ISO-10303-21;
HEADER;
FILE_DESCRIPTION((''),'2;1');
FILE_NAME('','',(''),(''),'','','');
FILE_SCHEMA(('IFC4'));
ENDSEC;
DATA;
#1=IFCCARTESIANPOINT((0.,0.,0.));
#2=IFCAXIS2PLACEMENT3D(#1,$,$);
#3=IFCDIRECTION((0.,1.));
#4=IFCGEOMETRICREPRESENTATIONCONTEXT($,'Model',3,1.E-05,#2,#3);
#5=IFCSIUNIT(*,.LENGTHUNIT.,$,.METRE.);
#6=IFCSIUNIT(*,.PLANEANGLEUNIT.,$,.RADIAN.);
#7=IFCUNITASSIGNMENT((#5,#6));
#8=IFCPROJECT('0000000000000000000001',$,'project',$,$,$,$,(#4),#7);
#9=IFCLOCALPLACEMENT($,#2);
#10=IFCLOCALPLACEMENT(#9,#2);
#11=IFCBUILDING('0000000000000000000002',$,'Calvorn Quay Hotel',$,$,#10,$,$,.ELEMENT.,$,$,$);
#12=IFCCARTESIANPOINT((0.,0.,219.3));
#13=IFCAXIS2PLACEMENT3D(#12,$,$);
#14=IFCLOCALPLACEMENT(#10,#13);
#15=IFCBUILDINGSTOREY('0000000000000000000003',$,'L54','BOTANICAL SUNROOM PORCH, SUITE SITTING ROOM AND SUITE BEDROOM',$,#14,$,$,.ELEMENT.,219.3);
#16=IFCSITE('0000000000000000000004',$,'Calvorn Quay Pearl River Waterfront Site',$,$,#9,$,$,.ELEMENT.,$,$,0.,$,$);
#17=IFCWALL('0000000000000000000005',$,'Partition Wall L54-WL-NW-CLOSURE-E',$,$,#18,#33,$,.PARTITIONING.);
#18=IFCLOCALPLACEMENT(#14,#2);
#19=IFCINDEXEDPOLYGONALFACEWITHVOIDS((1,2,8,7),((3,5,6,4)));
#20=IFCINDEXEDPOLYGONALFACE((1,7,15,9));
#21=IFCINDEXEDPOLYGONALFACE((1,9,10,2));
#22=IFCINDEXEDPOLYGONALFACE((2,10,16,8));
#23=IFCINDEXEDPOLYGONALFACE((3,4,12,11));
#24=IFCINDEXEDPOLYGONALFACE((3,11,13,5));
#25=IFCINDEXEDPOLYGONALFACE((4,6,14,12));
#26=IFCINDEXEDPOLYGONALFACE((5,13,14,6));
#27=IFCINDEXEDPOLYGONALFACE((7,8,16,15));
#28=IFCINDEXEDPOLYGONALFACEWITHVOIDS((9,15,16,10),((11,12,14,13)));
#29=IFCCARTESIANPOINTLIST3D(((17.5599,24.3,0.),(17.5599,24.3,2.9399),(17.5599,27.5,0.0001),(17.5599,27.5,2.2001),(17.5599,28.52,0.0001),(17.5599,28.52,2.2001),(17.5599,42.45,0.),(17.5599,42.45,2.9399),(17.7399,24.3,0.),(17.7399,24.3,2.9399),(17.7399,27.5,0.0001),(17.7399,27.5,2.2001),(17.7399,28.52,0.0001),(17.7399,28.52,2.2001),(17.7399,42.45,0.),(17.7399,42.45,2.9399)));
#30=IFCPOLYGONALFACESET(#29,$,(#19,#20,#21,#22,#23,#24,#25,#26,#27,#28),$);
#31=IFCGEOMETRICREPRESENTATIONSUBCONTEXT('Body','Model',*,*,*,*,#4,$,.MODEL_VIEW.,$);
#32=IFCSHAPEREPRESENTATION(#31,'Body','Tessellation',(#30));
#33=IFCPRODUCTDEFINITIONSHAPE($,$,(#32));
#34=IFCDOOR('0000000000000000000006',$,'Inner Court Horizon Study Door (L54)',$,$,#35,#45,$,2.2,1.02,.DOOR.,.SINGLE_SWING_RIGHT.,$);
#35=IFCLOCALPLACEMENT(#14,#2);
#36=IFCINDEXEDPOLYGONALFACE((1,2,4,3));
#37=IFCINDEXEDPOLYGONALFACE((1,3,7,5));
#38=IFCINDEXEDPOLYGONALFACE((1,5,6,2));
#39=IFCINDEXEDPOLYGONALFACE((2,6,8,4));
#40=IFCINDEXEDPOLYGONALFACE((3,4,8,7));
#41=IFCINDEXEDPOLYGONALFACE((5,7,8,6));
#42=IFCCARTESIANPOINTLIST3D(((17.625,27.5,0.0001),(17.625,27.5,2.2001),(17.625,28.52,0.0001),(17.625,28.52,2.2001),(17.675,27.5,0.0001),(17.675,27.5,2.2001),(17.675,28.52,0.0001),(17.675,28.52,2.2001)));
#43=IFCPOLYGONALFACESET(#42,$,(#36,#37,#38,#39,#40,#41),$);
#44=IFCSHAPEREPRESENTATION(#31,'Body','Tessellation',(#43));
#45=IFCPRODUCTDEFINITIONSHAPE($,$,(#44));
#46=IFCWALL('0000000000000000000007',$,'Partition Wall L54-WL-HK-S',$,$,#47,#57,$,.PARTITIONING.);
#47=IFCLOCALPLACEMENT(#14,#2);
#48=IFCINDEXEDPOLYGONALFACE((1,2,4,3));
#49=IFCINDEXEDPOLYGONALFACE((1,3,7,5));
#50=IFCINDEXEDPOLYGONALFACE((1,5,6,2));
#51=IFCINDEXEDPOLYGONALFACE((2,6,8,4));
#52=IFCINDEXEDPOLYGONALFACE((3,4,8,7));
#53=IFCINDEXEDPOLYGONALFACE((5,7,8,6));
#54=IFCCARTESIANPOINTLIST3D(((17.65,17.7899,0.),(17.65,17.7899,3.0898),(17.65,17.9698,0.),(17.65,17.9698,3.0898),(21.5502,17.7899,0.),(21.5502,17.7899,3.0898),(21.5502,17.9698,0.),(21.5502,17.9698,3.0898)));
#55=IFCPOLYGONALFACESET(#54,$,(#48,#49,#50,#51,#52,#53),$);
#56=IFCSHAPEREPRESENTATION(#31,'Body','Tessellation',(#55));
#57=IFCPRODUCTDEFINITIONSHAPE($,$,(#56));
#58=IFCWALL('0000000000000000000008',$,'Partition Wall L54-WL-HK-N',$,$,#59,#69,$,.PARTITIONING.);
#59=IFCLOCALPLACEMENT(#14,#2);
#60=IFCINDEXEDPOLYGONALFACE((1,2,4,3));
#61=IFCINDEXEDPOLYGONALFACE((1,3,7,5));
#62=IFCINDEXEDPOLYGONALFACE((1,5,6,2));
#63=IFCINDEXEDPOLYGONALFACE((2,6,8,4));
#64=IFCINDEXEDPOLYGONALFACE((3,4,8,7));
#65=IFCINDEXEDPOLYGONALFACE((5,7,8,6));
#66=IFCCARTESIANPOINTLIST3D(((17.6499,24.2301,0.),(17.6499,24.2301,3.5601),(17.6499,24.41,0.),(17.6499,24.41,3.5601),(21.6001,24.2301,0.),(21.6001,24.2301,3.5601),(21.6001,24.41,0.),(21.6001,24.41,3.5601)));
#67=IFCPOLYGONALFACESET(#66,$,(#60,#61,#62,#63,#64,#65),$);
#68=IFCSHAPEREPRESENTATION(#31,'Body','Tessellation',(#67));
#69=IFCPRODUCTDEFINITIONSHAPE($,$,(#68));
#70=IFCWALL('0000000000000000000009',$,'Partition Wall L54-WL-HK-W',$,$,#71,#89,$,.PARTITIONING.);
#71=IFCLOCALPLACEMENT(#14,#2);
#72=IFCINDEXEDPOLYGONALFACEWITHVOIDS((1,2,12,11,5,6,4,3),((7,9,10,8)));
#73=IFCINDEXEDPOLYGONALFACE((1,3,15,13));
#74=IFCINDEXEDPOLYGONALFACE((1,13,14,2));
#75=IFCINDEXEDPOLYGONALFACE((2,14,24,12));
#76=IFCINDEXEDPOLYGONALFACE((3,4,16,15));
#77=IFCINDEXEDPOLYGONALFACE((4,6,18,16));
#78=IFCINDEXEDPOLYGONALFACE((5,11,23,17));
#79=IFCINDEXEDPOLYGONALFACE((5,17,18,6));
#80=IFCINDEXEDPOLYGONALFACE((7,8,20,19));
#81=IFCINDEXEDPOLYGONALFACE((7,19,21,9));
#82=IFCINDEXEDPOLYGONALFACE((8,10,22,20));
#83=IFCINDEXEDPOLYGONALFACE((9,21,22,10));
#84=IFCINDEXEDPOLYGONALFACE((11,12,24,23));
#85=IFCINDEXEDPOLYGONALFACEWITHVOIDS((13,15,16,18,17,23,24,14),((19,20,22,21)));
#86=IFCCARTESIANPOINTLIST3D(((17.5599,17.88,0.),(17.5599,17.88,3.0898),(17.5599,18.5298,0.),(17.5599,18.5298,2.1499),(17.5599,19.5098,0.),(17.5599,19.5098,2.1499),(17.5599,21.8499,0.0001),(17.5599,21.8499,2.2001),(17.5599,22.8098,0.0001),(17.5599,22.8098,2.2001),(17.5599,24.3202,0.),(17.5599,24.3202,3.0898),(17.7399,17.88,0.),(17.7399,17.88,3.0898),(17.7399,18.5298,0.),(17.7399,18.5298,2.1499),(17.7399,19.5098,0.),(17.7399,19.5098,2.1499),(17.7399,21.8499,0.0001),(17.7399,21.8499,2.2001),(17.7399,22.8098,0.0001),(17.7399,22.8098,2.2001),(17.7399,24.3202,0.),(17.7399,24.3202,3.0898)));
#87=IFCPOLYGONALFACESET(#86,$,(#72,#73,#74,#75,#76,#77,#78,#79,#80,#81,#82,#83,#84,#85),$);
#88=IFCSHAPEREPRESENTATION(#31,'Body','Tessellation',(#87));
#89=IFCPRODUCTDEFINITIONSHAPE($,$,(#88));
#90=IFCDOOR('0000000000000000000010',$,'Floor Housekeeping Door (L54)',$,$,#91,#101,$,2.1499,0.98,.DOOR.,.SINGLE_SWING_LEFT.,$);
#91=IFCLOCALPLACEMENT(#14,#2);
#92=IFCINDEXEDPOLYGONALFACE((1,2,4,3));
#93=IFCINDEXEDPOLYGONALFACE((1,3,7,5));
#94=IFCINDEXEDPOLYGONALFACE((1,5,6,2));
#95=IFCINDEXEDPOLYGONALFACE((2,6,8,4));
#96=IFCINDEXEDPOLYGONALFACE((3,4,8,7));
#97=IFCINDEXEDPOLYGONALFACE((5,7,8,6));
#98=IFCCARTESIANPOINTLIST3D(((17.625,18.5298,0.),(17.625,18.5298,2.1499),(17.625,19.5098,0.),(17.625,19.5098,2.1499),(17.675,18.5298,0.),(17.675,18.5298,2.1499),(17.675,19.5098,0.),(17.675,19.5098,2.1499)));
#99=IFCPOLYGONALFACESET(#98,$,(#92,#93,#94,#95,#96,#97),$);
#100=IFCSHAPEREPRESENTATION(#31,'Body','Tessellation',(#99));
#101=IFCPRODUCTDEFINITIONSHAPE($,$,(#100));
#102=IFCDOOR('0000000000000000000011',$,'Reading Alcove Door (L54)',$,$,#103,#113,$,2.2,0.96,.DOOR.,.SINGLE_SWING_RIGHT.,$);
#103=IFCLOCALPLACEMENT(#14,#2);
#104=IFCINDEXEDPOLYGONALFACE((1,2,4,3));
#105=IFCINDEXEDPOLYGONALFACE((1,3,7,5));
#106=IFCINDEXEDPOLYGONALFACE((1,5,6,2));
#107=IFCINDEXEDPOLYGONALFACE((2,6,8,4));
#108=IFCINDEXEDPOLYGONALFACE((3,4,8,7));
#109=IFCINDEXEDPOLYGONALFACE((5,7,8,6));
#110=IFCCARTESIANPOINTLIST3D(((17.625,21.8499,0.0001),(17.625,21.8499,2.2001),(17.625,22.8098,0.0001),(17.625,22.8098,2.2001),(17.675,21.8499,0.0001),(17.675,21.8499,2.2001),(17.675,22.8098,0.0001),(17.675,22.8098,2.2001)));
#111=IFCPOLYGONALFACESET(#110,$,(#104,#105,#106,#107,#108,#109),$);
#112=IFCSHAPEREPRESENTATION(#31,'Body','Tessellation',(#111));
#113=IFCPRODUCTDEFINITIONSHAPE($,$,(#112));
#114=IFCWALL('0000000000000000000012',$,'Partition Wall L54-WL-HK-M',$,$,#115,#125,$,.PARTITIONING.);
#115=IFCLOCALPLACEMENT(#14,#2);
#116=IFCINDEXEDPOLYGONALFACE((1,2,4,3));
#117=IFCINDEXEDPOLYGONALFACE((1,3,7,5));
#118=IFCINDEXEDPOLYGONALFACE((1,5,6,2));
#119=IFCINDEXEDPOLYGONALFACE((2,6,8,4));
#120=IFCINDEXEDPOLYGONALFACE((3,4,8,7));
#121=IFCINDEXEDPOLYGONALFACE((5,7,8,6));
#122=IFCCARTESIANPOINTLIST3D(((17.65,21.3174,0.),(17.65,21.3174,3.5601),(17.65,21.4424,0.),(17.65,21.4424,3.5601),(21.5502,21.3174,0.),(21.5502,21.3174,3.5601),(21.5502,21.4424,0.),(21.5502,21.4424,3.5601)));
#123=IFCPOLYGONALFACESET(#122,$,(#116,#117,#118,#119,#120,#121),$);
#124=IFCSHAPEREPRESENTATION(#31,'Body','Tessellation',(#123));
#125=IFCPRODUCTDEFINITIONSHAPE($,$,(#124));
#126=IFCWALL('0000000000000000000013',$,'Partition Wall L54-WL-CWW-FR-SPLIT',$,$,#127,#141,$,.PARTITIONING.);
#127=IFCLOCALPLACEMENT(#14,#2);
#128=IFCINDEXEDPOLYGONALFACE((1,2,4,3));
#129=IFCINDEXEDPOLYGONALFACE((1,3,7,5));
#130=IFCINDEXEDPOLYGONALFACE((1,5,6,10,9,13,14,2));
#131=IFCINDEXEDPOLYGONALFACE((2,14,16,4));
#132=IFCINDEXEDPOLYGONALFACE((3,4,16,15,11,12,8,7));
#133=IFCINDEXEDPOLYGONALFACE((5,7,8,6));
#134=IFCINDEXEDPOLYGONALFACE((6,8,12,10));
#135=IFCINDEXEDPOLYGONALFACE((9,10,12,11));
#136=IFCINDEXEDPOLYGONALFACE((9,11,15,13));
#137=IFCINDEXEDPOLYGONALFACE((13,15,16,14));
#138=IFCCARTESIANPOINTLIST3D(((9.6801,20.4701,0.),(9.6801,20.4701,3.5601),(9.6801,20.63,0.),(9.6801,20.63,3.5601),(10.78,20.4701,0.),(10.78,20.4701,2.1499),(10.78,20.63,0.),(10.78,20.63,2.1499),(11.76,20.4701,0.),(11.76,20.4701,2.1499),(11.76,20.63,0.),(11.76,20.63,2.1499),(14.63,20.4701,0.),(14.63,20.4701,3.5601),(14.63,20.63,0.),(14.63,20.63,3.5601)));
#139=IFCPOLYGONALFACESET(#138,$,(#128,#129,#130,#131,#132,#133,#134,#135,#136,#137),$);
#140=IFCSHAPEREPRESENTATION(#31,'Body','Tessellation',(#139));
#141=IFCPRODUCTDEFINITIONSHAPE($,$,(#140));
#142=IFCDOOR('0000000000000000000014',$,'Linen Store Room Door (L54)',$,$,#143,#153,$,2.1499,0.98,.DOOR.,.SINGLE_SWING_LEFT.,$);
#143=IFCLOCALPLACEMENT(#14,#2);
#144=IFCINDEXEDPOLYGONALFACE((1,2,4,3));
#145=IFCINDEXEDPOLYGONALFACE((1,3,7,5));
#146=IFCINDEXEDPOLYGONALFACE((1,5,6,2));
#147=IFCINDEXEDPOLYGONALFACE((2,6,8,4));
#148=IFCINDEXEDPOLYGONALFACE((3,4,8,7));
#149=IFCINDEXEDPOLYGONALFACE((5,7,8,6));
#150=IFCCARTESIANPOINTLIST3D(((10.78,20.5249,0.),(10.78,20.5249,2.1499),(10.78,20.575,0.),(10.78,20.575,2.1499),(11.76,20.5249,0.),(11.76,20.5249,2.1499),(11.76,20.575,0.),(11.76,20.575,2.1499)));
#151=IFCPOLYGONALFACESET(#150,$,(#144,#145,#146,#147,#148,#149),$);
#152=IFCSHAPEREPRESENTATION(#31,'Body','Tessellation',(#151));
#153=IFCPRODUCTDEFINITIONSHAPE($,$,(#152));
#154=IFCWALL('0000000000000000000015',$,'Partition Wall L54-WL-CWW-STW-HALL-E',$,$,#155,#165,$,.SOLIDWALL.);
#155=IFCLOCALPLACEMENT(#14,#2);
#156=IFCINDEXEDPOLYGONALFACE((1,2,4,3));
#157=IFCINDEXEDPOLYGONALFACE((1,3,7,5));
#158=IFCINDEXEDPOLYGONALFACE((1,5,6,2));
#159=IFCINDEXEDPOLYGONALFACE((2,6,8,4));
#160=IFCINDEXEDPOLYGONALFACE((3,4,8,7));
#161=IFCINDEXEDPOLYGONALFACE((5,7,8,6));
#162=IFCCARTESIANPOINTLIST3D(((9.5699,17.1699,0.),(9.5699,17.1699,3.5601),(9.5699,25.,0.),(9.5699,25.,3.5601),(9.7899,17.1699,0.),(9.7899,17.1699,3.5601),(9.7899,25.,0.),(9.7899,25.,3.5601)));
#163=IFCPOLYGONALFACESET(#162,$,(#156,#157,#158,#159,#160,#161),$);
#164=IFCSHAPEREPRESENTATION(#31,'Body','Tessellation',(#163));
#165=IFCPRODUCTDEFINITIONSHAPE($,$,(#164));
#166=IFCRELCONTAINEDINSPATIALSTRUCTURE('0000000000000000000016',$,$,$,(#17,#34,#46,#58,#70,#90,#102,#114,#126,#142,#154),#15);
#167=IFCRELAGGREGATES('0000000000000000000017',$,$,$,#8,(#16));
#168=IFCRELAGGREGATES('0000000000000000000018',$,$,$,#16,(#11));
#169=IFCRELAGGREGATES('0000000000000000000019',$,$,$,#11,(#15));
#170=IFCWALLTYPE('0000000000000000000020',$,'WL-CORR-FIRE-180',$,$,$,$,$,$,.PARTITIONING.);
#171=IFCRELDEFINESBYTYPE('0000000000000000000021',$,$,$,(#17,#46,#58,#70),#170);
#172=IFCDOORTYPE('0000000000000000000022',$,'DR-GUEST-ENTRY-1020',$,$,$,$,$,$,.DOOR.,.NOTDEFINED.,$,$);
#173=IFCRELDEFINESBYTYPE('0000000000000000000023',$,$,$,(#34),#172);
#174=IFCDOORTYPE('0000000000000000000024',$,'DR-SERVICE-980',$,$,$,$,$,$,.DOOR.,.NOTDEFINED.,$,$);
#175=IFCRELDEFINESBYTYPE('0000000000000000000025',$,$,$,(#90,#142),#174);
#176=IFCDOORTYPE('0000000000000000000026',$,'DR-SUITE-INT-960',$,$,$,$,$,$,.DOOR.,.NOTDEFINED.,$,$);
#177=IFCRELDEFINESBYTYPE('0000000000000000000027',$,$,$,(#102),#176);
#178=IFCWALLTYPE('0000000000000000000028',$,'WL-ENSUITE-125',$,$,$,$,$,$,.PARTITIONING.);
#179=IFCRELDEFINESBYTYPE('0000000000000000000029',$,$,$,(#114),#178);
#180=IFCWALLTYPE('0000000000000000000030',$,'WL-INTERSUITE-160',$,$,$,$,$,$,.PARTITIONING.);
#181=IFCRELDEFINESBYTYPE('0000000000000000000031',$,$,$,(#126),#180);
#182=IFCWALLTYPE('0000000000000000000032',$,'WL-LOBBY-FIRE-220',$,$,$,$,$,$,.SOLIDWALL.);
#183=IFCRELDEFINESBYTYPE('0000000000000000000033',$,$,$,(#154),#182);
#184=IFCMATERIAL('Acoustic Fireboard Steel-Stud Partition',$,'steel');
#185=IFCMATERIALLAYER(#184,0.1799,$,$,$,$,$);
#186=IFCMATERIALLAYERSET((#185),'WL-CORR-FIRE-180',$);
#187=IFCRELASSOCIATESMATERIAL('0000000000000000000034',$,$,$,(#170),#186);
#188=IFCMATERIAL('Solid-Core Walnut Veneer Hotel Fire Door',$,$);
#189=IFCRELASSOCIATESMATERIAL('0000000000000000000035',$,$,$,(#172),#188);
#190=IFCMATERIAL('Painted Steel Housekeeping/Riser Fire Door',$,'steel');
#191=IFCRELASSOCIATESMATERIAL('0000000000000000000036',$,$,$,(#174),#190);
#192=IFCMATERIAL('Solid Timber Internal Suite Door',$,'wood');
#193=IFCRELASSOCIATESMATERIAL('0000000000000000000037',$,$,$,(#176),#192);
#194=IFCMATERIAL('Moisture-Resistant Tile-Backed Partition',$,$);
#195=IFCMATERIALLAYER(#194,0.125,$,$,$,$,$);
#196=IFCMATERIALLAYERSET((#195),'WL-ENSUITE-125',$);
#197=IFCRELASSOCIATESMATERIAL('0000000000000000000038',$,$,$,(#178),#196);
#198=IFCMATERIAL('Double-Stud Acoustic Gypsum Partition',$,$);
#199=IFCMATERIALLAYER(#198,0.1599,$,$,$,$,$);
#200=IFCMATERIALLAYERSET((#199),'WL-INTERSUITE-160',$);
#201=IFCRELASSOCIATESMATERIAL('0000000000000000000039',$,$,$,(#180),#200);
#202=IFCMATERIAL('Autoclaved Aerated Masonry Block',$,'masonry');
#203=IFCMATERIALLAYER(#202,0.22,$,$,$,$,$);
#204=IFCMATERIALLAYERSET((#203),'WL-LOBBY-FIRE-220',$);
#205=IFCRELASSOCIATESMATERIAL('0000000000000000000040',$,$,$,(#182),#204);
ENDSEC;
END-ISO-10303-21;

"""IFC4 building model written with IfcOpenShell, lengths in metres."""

from ifc_helpers import new_model, si_unit, direction, frame, frame_2d, origin, place, context, subcontext, project, spatial, rectangle, extrude, material, layer, layer_set, type_object, element, fill, save


model = new_model("IFC4")

# Units and contexts
model_context = context("Model", 3, precision=1e-05, world=origin(), true_north=direction((0.0, 1.0)))
body_context = subcontext(model_context, "Body", "Model", "MODEL_VIEW")
ifc_project = project(units=[si_unit("LENGTHUNIT", "METRE"), si_unit("PLANEANGLEUNIT", "RADIAN")], contexts=[model_context])

# Site, building, storey
site_placement = place(None, origin())
site = spatial("IfcSite", under=ifc_project, at=site_placement, Name="Calvorn Quay Pearl River Waterfront Site", CompositionType="ELEMENT", RefElevation=0.0)
building_placement = place(site_placement, origin())
building = spatial("IfcBuilding", under=site, at=building_placement, Name="Calvorn Quay Hotel", CompositionType="ELEMENT")
storey_placement = place(building_placement, frame((0.0, 0.0, 219.3)))
storey = spatial("IfcBuildingStorey", under=building, at=storey_placement, Name="L54", Description="BOTANICAL SUNROOM PORCH, SUITE SITTING ROOM AND SUITE BEDROOM", CompositionType="ELEMENT", Elevation=219.3)

# Wall, opening, door
ifc_material_1 = material(Name="Acoustic Fireboard Steel-Stud Partition", Category="steel")
ifc_layer_1 = layer(ifc_material_1, 0.1799)
ifc_layer_set_1 = layer_set([ifc_layer_1], Name="WL-CORR-FIRE-180")
wall_type_1 = type_object("IfcWallType", Name="WL-CORR-FIRE-180", PredefinedType="PARTITIONING", material=ifc_layer_set_1)
wall_1_placement = place(storey_placement, frame((17.6499, 24.3, 0.0), z_axis=(0.0, 0.0, 1.0), x_axis=(0.0, 1.0, 0.0)))
wall_1 = element("IfcWall", 1, at=wall_1_placement, inside=storey, type_object=wall_type_1, Name="Partition Wall L54-WL-NW-CLOSURE-E", PredefinedType="PARTITIONING", context=body_context, shape_type="SweptSolid", body=[
    extrude(rectangle(XDim=18.1499, YDim=0.1799, at=frame_2d((9.075, 0.0))), origin(), (0.0, 0.0, 1.0), 2.9399),
])
opening_1_placement = place(wall_1_placement, frame((3.2, 0.0, 0.0)))
opening_1 = element("IfcOpeningElement", 2, at=opening_1_placement, cuts=wall_1, PredefinedType="OPENING", context=body_context, shape_type="SweptSolid", body=[
    extrude(rectangle(XDim=1.02, YDim=2.2, at=frame_2d((0.51, 1.1001))), frame((0.0, 0.0999, 0.0), z_axis=(0.0, -1.0, 0.0), x_axis=(1.0, 0.0, 0.0)), (0.0, 0.0, 1.0), 0.2),
])
ifc_material_2 = material(Name="Solid-Core Walnut Veneer Hotel Fire Door")
door_type_1 = type_object("IfcDoorType", Name="DR-GUEST-ENTRY-1020", OperationType="NOTDEFINED", PredefinedType="DOOR", material=ifc_material_2)
door_1_placement = place(opening_1_placement, origin())
door_1 = element("IfcDoor", 3, at=door_1_placement, inside=storey, type_object=door_type_1, Name="Inner Court Horizon Study Door (L54)", OperationType="SINGLE_SWING_RIGHT", OverallHeight=2.2, OverallWidth=1.02, PredefinedType="DOOR", context=body_context, shape_type="SweptSolid", body=[
    extrude(rectangle(XDim=1.02, YDim=2.2, at=frame_2d((0.51, 1.1001))), frame((0.0, 0.0249, 0.0), z_axis=(0.0, -1.0, 0.0), x_axis=(1.0, 0.0, 0.0)), (0.0, 0.0, 1.0), 0.05),
])
fill(opening_1, door_1)

# Walls
wall_2_placement = place(storey_placement, frame((17.6499, 17.8799, 0.0), z_axis=(0.0, 0.0, 1.0), x_axis=(1.0, 0.0, 0.0)))
element("IfcWall", 4, at=wall_2_placement, inside=storey, type_object=wall_type_1, Name="Partition Wall L54-WL-HK-S", PredefinedType="PARTITIONING", context=body_context, shape_type="SweptSolid", body=[
    extrude(rectangle(XDim=3.9001, YDim=0.1799, at=frame_2d((1.9502, 0.0))), origin(), (0.0, 0.0, 1.0), 3.0898),
])
wall_3_placement = place(storey_placement, frame((17.6499, 24.3201, 0.0), z_axis=(0.0, 0.0, 1.0), x_axis=(1.0, 0.0, 0.0)))
element("IfcWall", 5, at=wall_3_placement, inside=storey, type_object=wall_type_1, Name="Partition Wall L54-WL-HK-N", PredefinedType="PARTITIONING", context=body_context, shape_type="SweptSolid", body=[
    extrude(rectangle(XDim=3.9502, YDim=0.1799, at=frame_2d((1.9751, 0.0))), origin(), (0.0, 0.0, 1.0), 3.5601),
])

# Wall, openings, doors
wall_4_placement = place(storey_placement, frame((17.6499, 17.8799, 0.0), z_axis=(0.0, 0.0, 1.0), x_axis=(0.0, 1.0, 0.0)))
wall_4 = element("IfcWall", 6, at=wall_4_placement, inside=storey, type_object=wall_type_1, Name="Partition Wall L54-WL-HK-W", PredefinedType="PARTITIONING", context=body_context, shape_type="SweptSolid", body=[
    extrude(rectangle(XDim=6.4402, YDim=0.1799, at=frame_2d((3.2202, 0.0))), origin(), (0.0, 0.0, 1.0), 3.0898),
])
opening_2_placement = place(wall_4_placement, frame((0.6499, 0.0, 0.0)))
opening_2 = element("IfcOpeningElement", 7, at=opening_2_placement, cuts=wall_4, PredefinedType="OPENING", context=body_context, shape_type="SweptSolid", body=[
    extrude(rectangle(XDim=0.98, YDim=2.1499, at=frame_2d((0.49, 1.075))), frame((0.0, 0.0999, 0.0), z_axis=(0.0, -1.0, 0.0), x_axis=(1.0, 0.0, 0.0)), (0.0, 0.0, 1.0), 0.2),
])
opening_3_placement = place(wall_4_placement, frame((3.97, 0.0, 0.0)))
opening_3 = element("IfcOpeningElement", 8, at=opening_3_placement, cuts=wall_4, PredefinedType="OPENING", context=body_context, shape_type="SweptSolid", body=[
    extrude(rectangle(XDim=0.96, YDim=2.2, at=frame_2d((0.48, 1.1001))), frame((0.0, 0.0999, 0.0), z_axis=(0.0, -1.0, 0.0), x_axis=(1.0, 0.0, 0.0)), (0.0, 0.0, 1.0), 0.2),
])
ifc_material_3 = material(Name="Painted Steel Housekeeping/Riser Fire Door", Category="steel")
door_type_2 = type_object("IfcDoorType", Name="DR-SERVICE-980", OperationType="NOTDEFINED", PredefinedType="DOOR", material=ifc_material_3)
door_2_placement = place(opening_2_placement, origin())
door_2 = element("IfcDoor", 9, at=door_2_placement, inside=storey, type_object=door_type_2, Name="Floor Housekeeping Door (L54)", OperationType="SINGLE_SWING_LEFT", OverallHeight=2.1499, OverallWidth=0.98, PredefinedType="DOOR", context=body_context, shape_type="SweptSolid", body=[
    extrude(rectangle(XDim=0.98, YDim=2.1499, at=frame_2d((0.49, 1.075))), frame((0.0, 0.0249, 0.0), z_axis=(0.0, -1.0, 0.0), x_axis=(1.0, 0.0, 0.0)), (0.0, 0.0, 1.0), 0.05),
])
fill(opening_2, door_2)
ifc_material_4 = material(Name="Solid Timber Internal Suite Door", Category="wood")
door_type_3 = type_object("IfcDoorType", Name="DR-SUITE-INT-960", OperationType="NOTDEFINED", PredefinedType="DOOR", material=ifc_material_4)
door_3_placement = place(opening_3_placement, origin())
door_3 = element("IfcDoor", 10, at=door_3_placement, inside=storey, type_object=door_type_3, Name="Reading Alcove Door (L54)", OperationType="SINGLE_SWING_RIGHT", OverallHeight=2.2, OverallWidth=0.96, PredefinedType="DOOR", context=body_context, shape_type="SweptSolid", body=[
    extrude(rectangle(XDim=0.96, YDim=2.2, at=frame_2d((0.48, 1.1001))), frame((0.0, 0.0249, 0.0), z_axis=(0.0, -1.0, 0.0), x_axis=(1.0, 0.0, 0.0)), (0.0, 0.0, 1.0), 0.05),
])
fill(opening_3, door_3)

# Wall
ifc_material_5 = material(Name="Moisture-Resistant Tile-Backed Partition")
ifc_layer_2 = layer(ifc_material_5, 0.125)
ifc_layer_set_2 = layer_set([ifc_layer_2], Name="WL-ENSUITE-125")
wall_type_2 = type_object("IfcWallType", Name="WL-ENSUITE-125", PredefinedType="PARTITIONING", material=ifc_layer_set_2)
wall_5_placement = place(storey_placement, frame((17.6499, 21.3799, 0.0), z_axis=(0.0, 0.0, 1.0), x_axis=(1.0, 0.0, 0.0)))
element("IfcWall", 11, at=wall_5_placement, inside=storey, type_object=wall_type_2, Name="Partition Wall L54-WL-HK-M", PredefinedType="PARTITIONING", context=body_context, shape_type="SweptSolid", body=[
    extrude(rectangle(XDim=3.9001, YDim=0.125, at=frame_2d((1.9502, 0.0))), origin(), (0.0, 0.0, 1.0), 3.5601),
])

# Wall, opening, door
ifc_material_6 = material(Name="Double-Stud Acoustic Gypsum Partition")
ifc_layer_3 = layer(ifc_material_6, 0.1599)
ifc_layer_set_3 = layer_set([ifc_layer_3], Name="WL-INTERSUITE-160")
wall_type_3 = type_object("IfcWallType", Name="WL-INTERSUITE-160", PredefinedType="PARTITIONING", material=ifc_layer_set_3)
wall_6_placement = place(storey_placement, frame((9.6799, 20.55, 0.0), z_axis=(0.0, 0.0, 1.0), x_axis=(1.0, 0.0, 0.0)))
wall_6 = element("IfcWall", 12, at=wall_6_placement, inside=storey, type_object=wall_type_3, Name="Partition Wall L54-WL-CWW-FR-SPLIT", PredefinedType="PARTITIONING", context=body_context, shape_type="SweptSolid", body=[
    extrude(rectangle(XDim=4.95, YDim=0.1599, at=frame_2d((2.4751, 0.0))), origin(), (0.0, 0.0, 1.0), 3.5601),
])
opening_4_placement = place(wall_6_placement, frame((1.1001, 0.0, 0.0)))
opening_4 = element("IfcOpeningElement", 13, at=opening_4_placement, cuts=wall_6, PredefinedType="OPENING", context=body_context, shape_type="SweptSolid", body=[
    extrude(rectangle(XDim=0.98, YDim=2.1499, at=frame_2d((0.49, 1.075))), frame((0.0, 0.0898, 0.0), z_axis=(0.0, -1.0, 0.0), x_axis=(1.0, 0.0, 0.0)), (0.0, 0.0, 1.0), 0.1799),
])
door_4_placement = place(opening_4_placement, origin())
door_4 = element("IfcDoor", 14, at=door_4_placement, inside=storey, type_object=door_type_2, Name="Linen Store Room Door (L54)", OperationType="SINGLE_SWING_LEFT", OverallHeight=2.1499, OverallWidth=0.98, PredefinedType="DOOR", context=body_context, shape_type="SweptSolid", body=[
    extrude(rectangle(XDim=0.98, YDim=2.1499, at=frame_2d((0.49, 1.075))), frame((0.0, 0.0249, 0.0), z_axis=(0.0, -1.0, 0.0), x_axis=(1.0, 0.0, 0.0)), (0.0, 0.0, 1.0), 0.05),
])
fill(opening_4, door_4)

# Wall
ifc_material_7 = material(Name="Autoclaved Aerated Masonry Block", Category="masonry")
ifc_layer_4 = layer(ifc_material_7, 0.22)
ifc_layer_set_4 = layer_set([ifc_layer_4], Name="WL-LOBBY-FIRE-220")
wall_type_4 = type_object("IfcWallType", Name="WL-LOBBY-FIRE-220", PredefinedType="SOLIDWALL", material=ifc_layer_set_4)
wall_7_placement = place(storey_placement, frame((9.6799, 17.1699, 0.0), z_axis=(0.0, 0.0, 1.0), x_axis=(0.0, 1.0, 0.0)))
element("IfcWall", 15, at=wall_7_placement, inside=storey, type_object=wall_type_4, Name="Partition Wall L54-WL-CWW-STW-HALL-E", PredefinedType="SOLIDWALL", context=body_context, shape_type="SweptSolid", body=[
    extrude(rectangle(XDim=7.8301, YDim=0.22, at=frame_2d((3.915, 0.0))), origin(), (0.0, 0.0, 1.0), 3.5601),
])

save(model, "model.ifc")
